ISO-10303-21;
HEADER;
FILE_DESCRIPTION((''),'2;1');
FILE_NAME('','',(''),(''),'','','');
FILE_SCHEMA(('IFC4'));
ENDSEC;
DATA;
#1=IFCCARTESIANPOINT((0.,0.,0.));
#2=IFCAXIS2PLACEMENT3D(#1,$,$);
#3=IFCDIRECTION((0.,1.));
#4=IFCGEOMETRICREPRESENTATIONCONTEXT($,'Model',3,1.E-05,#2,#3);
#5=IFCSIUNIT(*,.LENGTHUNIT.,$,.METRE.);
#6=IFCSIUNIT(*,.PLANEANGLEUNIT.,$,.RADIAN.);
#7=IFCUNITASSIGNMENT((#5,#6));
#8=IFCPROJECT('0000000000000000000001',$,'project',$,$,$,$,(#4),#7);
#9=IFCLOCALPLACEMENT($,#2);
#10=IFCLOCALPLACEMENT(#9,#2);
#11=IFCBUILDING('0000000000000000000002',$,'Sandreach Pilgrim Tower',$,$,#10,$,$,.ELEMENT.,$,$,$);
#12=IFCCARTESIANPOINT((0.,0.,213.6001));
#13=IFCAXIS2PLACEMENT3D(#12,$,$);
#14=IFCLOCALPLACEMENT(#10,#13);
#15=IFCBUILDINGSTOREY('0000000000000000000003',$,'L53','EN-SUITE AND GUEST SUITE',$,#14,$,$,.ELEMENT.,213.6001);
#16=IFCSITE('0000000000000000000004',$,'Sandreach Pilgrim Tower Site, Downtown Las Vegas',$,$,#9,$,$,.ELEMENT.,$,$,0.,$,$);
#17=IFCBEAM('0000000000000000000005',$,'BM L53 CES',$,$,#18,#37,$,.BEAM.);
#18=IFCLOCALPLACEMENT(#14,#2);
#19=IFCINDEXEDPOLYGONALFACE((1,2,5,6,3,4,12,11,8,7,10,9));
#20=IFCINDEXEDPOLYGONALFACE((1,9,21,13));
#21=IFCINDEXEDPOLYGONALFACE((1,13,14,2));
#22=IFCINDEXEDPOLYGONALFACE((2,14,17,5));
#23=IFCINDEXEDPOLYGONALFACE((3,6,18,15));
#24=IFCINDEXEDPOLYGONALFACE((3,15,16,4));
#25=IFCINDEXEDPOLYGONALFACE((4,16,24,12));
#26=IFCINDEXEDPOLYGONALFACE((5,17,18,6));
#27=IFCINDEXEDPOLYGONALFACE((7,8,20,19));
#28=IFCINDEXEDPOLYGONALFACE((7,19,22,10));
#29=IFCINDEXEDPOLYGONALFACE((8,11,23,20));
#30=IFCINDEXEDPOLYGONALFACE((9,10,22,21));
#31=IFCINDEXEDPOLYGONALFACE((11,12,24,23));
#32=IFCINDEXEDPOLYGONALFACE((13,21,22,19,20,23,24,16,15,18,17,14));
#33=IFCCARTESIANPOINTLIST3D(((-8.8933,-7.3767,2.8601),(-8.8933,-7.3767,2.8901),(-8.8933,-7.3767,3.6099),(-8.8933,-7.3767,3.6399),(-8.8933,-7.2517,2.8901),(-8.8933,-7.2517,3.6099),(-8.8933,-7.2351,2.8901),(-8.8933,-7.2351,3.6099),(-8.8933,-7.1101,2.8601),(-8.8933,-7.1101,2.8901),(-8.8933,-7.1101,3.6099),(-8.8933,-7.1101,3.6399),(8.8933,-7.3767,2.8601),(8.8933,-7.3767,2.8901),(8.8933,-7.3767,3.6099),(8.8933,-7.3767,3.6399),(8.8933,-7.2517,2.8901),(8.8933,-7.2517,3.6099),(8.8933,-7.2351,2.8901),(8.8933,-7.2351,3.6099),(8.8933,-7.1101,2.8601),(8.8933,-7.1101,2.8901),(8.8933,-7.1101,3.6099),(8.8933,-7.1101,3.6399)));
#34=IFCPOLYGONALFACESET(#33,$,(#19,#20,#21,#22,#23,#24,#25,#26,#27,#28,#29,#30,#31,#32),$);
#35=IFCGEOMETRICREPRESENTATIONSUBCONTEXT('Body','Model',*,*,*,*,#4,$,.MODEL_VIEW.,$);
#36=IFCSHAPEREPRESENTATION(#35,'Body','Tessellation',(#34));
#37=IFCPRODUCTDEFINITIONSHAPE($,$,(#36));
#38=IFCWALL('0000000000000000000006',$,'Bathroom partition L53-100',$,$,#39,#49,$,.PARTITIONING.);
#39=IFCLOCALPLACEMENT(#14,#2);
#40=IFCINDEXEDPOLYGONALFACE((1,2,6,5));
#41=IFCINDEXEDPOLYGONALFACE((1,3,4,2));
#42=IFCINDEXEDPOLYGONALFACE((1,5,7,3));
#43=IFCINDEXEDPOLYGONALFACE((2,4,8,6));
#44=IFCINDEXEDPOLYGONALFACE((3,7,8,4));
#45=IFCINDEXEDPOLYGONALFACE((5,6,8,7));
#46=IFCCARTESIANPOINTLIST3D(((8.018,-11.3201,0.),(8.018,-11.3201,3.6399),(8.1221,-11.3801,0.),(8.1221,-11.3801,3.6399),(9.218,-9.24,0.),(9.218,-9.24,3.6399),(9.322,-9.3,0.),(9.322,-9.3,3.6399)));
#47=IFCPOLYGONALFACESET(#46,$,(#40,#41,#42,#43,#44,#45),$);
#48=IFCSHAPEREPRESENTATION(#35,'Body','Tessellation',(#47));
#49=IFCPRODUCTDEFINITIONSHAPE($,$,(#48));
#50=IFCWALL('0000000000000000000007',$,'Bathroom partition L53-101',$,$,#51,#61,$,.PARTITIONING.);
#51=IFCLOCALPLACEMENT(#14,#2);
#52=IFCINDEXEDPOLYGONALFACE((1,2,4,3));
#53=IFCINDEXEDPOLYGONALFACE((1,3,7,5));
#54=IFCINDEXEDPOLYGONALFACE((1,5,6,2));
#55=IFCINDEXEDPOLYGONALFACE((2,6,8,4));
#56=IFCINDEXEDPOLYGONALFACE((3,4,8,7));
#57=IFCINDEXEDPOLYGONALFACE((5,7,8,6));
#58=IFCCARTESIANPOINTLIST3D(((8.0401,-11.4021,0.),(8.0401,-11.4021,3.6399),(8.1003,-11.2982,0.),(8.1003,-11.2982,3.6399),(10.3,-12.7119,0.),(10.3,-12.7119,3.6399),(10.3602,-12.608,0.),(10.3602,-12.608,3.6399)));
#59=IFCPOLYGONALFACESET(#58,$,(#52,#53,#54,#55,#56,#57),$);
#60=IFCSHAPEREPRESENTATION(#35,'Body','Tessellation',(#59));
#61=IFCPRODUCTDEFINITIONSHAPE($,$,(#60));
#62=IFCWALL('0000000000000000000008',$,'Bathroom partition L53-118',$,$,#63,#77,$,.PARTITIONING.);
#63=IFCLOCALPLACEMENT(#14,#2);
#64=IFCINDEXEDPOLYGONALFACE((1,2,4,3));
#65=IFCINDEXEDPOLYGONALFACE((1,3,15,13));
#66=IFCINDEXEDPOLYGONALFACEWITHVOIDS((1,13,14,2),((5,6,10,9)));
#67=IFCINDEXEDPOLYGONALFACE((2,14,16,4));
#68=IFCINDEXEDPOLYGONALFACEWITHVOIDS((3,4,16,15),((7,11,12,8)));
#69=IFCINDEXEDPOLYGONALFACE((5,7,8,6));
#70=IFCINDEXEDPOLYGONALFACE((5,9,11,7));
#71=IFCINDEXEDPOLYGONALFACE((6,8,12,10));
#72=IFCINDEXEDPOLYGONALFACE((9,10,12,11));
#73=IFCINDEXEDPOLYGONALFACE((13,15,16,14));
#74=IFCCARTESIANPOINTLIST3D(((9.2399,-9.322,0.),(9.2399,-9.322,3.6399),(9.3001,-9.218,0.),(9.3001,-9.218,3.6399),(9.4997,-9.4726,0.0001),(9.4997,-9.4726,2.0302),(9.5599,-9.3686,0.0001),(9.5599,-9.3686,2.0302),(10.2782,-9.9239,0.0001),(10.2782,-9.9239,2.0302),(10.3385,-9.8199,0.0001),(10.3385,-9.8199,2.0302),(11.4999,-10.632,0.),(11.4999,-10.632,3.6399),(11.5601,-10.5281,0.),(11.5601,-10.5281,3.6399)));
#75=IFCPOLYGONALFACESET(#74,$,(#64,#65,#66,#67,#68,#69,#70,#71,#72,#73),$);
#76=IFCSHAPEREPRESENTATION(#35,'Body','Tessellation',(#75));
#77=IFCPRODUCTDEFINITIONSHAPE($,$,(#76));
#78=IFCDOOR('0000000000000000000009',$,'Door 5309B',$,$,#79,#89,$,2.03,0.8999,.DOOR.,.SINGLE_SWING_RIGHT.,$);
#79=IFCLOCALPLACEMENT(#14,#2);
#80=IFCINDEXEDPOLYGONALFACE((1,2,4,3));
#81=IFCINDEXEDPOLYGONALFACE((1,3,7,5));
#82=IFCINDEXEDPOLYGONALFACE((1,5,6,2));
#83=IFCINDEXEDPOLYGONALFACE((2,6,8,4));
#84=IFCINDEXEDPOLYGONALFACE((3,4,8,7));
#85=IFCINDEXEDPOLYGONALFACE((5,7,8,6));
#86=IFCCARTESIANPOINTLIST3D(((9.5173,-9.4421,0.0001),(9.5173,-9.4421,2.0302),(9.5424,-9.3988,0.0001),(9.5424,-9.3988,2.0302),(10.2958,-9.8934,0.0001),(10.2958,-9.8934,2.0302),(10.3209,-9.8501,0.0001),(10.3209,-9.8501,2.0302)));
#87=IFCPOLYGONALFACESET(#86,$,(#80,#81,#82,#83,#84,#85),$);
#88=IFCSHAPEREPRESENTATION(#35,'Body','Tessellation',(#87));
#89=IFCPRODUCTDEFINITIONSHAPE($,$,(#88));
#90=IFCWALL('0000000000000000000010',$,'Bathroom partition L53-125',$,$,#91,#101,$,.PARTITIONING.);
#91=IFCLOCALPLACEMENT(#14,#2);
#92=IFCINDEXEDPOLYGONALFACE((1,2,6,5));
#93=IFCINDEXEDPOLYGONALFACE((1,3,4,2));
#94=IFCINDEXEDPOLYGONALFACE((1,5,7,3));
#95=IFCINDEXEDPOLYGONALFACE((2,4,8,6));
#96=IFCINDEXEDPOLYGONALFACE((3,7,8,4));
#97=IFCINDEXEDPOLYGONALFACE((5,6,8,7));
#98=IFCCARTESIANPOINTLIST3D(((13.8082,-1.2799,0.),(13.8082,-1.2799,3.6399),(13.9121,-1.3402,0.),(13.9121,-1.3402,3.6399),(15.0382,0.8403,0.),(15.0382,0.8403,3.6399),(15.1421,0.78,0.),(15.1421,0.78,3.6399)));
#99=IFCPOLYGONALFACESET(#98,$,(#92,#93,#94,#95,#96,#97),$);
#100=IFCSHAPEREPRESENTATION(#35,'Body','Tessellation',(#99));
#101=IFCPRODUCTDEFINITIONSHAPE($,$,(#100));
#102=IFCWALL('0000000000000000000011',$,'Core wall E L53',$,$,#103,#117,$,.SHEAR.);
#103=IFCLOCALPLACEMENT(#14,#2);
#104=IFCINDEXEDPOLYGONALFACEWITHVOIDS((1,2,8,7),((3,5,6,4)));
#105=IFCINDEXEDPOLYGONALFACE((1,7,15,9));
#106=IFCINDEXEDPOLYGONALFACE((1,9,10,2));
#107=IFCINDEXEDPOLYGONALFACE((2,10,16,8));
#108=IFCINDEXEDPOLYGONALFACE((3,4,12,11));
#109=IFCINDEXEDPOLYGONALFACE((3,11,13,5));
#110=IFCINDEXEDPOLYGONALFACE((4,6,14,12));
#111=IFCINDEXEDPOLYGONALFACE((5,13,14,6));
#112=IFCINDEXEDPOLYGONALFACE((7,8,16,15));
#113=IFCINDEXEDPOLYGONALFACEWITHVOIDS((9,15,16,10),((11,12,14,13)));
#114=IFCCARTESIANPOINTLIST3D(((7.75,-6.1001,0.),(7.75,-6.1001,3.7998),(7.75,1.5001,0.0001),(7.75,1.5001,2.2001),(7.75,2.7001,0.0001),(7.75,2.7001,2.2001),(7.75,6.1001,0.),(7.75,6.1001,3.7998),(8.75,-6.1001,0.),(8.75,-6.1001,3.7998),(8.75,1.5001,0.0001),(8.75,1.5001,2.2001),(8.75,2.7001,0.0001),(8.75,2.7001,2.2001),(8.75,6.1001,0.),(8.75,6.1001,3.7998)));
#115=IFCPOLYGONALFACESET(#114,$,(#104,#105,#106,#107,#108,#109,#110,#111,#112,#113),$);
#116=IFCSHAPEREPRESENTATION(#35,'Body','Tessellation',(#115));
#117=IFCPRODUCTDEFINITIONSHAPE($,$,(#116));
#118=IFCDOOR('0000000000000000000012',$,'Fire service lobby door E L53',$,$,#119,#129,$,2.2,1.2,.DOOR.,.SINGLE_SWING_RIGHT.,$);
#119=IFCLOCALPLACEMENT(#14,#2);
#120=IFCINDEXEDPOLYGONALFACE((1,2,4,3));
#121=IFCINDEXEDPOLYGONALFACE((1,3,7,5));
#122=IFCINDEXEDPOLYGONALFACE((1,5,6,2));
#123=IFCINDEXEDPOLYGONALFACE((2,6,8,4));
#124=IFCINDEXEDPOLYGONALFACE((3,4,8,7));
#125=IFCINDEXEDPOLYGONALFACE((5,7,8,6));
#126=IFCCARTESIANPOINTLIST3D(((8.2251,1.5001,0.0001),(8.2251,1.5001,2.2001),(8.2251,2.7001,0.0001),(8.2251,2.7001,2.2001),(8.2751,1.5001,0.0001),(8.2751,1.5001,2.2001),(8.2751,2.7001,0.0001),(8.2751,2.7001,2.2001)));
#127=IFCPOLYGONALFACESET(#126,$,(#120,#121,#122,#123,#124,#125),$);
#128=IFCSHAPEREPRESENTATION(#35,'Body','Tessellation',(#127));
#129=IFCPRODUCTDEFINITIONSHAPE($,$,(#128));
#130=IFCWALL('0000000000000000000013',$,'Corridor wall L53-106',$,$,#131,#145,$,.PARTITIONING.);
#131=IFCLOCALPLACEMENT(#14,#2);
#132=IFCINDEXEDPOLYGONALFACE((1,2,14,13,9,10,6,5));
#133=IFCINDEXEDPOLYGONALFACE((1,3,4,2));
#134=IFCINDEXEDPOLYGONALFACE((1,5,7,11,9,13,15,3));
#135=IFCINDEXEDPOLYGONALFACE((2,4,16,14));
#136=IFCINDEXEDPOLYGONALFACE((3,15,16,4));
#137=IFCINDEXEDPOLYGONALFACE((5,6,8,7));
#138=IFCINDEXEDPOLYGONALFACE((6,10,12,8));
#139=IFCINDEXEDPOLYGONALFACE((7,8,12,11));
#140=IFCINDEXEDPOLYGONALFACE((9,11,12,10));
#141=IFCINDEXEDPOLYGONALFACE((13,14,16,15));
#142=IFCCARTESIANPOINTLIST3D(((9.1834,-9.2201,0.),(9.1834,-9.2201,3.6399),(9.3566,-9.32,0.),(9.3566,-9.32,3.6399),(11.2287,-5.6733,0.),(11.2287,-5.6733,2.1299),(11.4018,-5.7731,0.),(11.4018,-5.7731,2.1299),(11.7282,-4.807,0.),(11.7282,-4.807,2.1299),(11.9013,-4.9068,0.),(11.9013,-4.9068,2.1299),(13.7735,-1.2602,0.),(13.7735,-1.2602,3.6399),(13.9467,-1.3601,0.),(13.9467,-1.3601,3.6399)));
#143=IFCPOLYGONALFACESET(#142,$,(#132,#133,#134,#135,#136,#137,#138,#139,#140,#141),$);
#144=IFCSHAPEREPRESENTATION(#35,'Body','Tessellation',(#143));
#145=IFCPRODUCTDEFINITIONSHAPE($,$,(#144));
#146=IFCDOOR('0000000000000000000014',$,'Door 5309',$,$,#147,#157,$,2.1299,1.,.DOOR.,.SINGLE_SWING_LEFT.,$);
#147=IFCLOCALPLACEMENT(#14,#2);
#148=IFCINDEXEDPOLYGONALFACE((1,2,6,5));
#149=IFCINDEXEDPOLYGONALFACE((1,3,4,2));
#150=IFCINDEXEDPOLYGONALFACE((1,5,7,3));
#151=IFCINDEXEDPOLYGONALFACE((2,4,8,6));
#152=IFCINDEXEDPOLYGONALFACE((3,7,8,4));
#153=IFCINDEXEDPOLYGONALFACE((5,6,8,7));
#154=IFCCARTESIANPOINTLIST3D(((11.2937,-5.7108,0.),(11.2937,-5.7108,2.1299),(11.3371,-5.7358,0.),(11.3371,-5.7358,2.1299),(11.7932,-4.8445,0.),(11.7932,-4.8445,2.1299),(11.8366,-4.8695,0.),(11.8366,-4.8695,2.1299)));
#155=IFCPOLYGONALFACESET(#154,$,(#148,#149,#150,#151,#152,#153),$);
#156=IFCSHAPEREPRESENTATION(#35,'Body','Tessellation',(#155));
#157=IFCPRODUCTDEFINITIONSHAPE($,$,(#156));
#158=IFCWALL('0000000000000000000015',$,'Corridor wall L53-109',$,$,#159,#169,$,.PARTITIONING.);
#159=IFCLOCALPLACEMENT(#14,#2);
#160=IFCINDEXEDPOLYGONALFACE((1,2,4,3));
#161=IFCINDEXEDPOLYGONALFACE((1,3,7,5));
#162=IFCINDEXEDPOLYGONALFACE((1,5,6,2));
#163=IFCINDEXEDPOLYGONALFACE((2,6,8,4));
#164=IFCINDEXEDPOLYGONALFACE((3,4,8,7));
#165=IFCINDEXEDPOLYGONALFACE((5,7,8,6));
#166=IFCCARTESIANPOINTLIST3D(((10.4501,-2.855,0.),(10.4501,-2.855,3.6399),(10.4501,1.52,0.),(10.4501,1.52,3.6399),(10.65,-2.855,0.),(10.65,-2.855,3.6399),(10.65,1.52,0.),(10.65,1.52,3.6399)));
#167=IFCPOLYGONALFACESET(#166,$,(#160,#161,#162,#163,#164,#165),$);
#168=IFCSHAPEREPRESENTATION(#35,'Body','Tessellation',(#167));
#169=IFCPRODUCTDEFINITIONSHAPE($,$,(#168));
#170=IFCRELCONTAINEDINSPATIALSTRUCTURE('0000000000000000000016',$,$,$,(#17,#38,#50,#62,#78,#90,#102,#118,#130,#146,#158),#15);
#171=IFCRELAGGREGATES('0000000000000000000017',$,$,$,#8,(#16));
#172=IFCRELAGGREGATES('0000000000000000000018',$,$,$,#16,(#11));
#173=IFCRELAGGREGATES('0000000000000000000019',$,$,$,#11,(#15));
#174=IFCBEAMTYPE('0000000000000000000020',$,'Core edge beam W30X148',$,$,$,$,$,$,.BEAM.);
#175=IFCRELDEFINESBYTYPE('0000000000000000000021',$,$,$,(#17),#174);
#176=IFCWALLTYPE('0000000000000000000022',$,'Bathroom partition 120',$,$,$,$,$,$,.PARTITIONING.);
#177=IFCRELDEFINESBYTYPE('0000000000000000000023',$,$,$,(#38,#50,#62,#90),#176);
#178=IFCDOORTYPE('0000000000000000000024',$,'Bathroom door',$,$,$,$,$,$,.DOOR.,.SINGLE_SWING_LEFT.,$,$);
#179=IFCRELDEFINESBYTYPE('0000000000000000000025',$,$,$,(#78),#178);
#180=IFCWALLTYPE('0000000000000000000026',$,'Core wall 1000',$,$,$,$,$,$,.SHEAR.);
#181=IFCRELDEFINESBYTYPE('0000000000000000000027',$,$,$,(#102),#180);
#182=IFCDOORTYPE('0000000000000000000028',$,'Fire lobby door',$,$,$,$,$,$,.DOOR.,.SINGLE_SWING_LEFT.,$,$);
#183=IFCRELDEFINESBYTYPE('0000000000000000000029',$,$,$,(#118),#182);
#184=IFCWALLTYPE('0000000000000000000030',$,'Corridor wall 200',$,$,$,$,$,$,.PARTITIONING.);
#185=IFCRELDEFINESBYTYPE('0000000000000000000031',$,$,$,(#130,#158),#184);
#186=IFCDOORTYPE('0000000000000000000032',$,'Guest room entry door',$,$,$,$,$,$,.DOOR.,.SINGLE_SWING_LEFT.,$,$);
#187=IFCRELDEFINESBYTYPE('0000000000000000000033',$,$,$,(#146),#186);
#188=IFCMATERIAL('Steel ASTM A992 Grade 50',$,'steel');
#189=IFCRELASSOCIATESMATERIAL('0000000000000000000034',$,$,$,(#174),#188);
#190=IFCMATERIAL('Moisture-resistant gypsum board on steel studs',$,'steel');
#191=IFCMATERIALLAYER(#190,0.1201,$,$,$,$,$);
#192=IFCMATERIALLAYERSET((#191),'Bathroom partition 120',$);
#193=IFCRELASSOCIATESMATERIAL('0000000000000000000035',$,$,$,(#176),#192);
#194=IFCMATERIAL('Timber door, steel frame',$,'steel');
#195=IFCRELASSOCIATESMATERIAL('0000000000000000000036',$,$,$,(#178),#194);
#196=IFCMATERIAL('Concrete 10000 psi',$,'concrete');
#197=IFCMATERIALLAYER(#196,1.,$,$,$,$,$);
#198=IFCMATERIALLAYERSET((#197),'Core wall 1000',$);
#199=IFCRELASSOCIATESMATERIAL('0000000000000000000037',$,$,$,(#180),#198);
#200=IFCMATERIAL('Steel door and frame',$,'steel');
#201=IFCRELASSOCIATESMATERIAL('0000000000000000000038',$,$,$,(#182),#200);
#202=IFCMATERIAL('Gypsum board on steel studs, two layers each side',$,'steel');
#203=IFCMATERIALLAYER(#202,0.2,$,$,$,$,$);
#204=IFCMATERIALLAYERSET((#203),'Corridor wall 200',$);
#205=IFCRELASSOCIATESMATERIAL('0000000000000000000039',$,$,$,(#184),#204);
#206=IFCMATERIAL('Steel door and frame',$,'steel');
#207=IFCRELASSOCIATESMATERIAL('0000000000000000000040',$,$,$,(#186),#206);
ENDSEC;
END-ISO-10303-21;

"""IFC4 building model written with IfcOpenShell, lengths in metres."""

from ifc_helpers import new_model, si_unit, direction, frame, frame_2d, origin, origin_2d, place, context, subcontext, project, spatial, rectangle, i_section, extrude, material, layer, layer_set, material_profile, profile_set, type_object, element, fill, save


model = new_model("IFC4")

# Units and contexts
model_context = context("Model", 3, precision=1e-05, world=origin(), true_north=direction((0.0, 1.0)))
body_context = subcontext(model_context, "Body", "Model", "MODEL_VIEW")
ifc_project = project(units=[si_unit("LENGTHUNIT", "METRE"), si_unit("PLANEANGLEUNIT", "RADIAN")], contexts=[model_context])

# Site, building, storey
site_placement = place(None, origin())
site = spatial("IfcSite", under=ifc_project, at=site_placement, Name="Sandreach Pilgrim Tower Site, Downtown Las Vegas", CompositionType="ELEMENT", RefElevation=0.0)
building_placement = place(site_placement, origin())
building = spatial("IfcBuilding", under=site, at=building_placement, Name="Sandreach Pilgrim Tower", CompositionType="ELEMENT")
storey_placement = place(building_placement, frame((0.0, 0.0, 213.6001)))
storey = spatial("IfcBuildingStorey", under=building, at=storey_placement, Name="L53", Description="EN-SUITE AND GUEST SUITE", CompositionType="ELEMENT", Elevation=213.6001)

# Beam
ifc_material_1 = material(Name="Steel ASTM A992 Grade 50", Category="steel")
ifc_material_profile = material_profile(ifc_material_1, i_section(OverallWidth=0.2666, OverallDepth=0.7798, WebThickness=0.0166, FlangeThickness=0.03, at=origin_2d()), Name="W30X148")
ifc_profile_set = profile_set([ifc_material_profile], Name="Steel ASTM A992 Grade 50")
beam_type = type_object("IfcBeamType", Name="Core edge beam W30X148", PredefinedType="BEAM", material=ifc_profile_set)
beam_placement = place(storey_placement, frame((8.8933, -7.2434, 3.25), z_axis=(-1.0, 0.0, 0.0), x_axis=(0.0, -1.0, 0.0)))
element("IfcBeam", 1, at=beam_placement, inside=storey, type_object=beam_type, Name="BM L53 CES", PredefinedType="BEAM", context=body_context, shape_type="SweptSolid", body=[
    extrude(i_section(OverallWidth=0.2666, OverallDepth=0.7798, WebThickness=0.0166, FlangeThickness=0.03, at=origin_2d()), origin(), (0.0, 0.0, 1.0), 17.7866),
])

# Walls
ifc_material_2 = material(Name="Moisture-resistant gypsum board on steel studs", Category="steel")
ifc_layer_1 = layer(ifc_material_2, 0.1201)
ifc_layer_set_1 = layer_set([ifc_layer_1], Name="Bathroom partition 120")
wall_type_1 = type_object("IfcWallType", Name="Bathroom partition 120", PredefinedType="PARTITIONING", material=ifc_layer_set_1)
wall_1_placement = place(storey_placement, frame((8.0701, -11.3501, 0.0), z_axis=(0.0, 0.0, 1.0), x_axis=(0.499693, 0.866203, 0.0)))
element("IfcWall", 2, at=wall_1_placement, inside=storey, type_object=wall_type_1, Name="Bathroom partition L53-100", PredefinedType="PARTITIONING", context=body_context, shape_type="SweptSolid", body=[
    extrude(rectangle(XDim=2.4014, YDim=0.1201, at=frame_2d((1.2007, 0.0))), origin(), (0.0, 0.0, 1.0), 3.6399),
])
wall_2_placement = place(storey_placement, frame((8.0701, -11.3501, 0.0), z_axis=(0.0, 0.0, 1.0), x_axis=(0.865196, -0.501434, 0.0)))
element("IfcWall", 3, at=wall_2_placement, inside=storey, type_object=wall_type_1, Name="Bathroom partition L53-101", PredefinedType="PARTITIONING", context=body_context, shape_type="SweptSolid", body=[
    extrude(rectangle(XDim=2.6121, YDim=0.1201, at=frame_2d((1.3062, 0.0))), origin(), (0.0, 0.0, 1.0), 3.6399),
])

# Wall, opening, door
wall_3_placement = place(storey_placement, frame((11.53, -10.5801, 0.0), z_axis=(0.0, 0.0, 1.0), x_axis=(-0.865155, 0.501504, 0.0)))
wall_3 = element("IfcWall", 4, at=wall_3_placement, inside=storey, type_object=wall_type_1, Name="Bathroom partition L53-118", PredefinedType="PARTITIONING", context=body_context, shape_type="SweptSolid", body=[
    extrude(rectangle(XDim=2.6123, YDim=0.1201, at=frame_2d((1.3062, 0.0))), origin(), (0.0, 0.0, 1.0), 3.6399),
])
opening_1_placement = place(wall_3_placement, frame((1.4121, 0.0, 0.0)))
opening_1 = element("IfcOpeningElement", 5, at=opening_1_placement, cuts=wall_3, PredefinedType="OPENING", context=body_context, shape_type="SweptSolid", body=[
    extrude(rectangle(XDim=0.8999, YDim=2.03, at=frame_2d((0.45, 1.0151))), frame((0.0, 0.0601, 0.0), z_axis=(0.0, -1.0, 0.0), x_axis=(1.0, 0.0, 0.0)), (0.0, 0.0, 1.0), 0.1201),
])
ifc_material_3 = material(Name="Timber door, steel frame", Category="steel")
door_type_1 = type_object("IfcDoorType", Name="Bathroom door", OperationType="SINGLE_SWING_LEFT", PredefinedType="DOOR", material=ifc_material_3)
door_1_placement = place(opening_1_placement, origin())
door_1 = element("IfcDoor", 6, at=door_1_placement, inside=storey, type_object=door_type_1, Name="Door 5309B", OperationType="SINGLE_SWING_RIGHT", OverallHeight=2.03, OverallWidth=0.8999, PredefinedType="DOOR", context=body_context, shape_type="SweptSolid", body=[
    extrude(rectangle(XDim=0.8999, YDim=2.03, at=frame_2d((0.45, 1.0151))), frame((0.0, 0.0249, 0.0), z_axis=(0.0, -1.0, 0.0), x_axis=(1.0, 0.0, 0.0)), (0.0, 0.0, 1.0), 0.05),
])
fill(opening_1, door_1)

# Wall
wall_4_placement = place(storey_placement, frame((13.8601, -1.3101, 0.0), z_axis=(0.0, 0.0, 1.0), x_axis=(0.501813, 0.864976, 0.0)))
element("IfcWall", 7, at=wall_4_placement, inside=storey, type_object=wall_type_1, Name="Bathroom partition L53-125", PredefinedType="PARTITIONING", context=body_context, shape_type="SweptSolid", body=[
    extrude(rectangle(XDim=2.4512, YDim=0.1201, at=frame_2d((1.2256, 0.0))), origin(), (0.0, 0.0, 1.0), 3.6399),
])

# Walls, openings, doors
ifc_material_4 = material(Name="Concrete 10000 psi", Category="concrete")
ifc_layer_2 = layer(ifc_material_4, 1.0)
ifc_layer_set_2 = layer_set([ifc_layer_2], Name="Core wall 1000")
wall_type_2 = type_object("IfcWallType", Name="Core wall 1000", PredefinedType="SHEAR", material=ifc_layer_set_2)
wall_5_placement = place(storey_placement, frame((8.25, -6.1001, 0.0), z_axis=(0.0, 0.0, 1.0), x_axis=(0.0, 1.0, 0.0)))
wall_5 = element("IfcWall", 8, at=wall_5_placement, inside=storey, type_object=wall_type_2, Name="Core wall E L53", PredefinedType="SHEAR", context=body_context, shape_type="SweptSolid", body=[
    extrude(rectangle(XDim=12.2002, YDim=1.0, at=frame_2d((6.1001, 0.0))), origin(), (0.0, 0.0, 1.0), 3.7998),
])
opening_2_placement = place(wall_5_placement, frame((7.6001, 0.0, 0.0)))
opening_2 = element("IfcOpeningElement", 9, at=opening_2_placement, cuts=wall_5, PredefinedType="OPENING", context=body_context, shape_type="SweptSolid", body=[
    extrude(rectangle(XDim=1.2, YDim=2.2, at=frame_2d((0.6001, 1.1001))), frame((0.0, 0.5, 0.0), z_axis=(0.0, -1.0, 0.0), x_axis=(1.0, 0.0, 0.0)), (0.0, 0.0, 1.0), 1.0),
])
ifc_material_5 = material(Name="Steel door and frame", Category="steel")
door_type_2 = type_object("IfcDoorType", Name="Fire lobby door", OperationType="SINGLE_SWING_LEFT", PredefinedType="DOOR", material=ifc_material_5)
door_2_placement = place(opening_2_placement, origin())
door_2 = element("IfcDoor", 10, at=door_2_placement, inside=storey, type_object=door_type_2, Name="Fire service lobby door E L53", OperationType="SINGLE_SWING_RIGHT", OverallHeight=2.2, OverallWidth=1.2, PredefinedType="DOOR", context=body_context, shape_type="SweptSolid", body=[
    extrude(rectangle(XDim=1.2, YDim=2.2, at=frame_2d((0.6001, 1.1001))), frame((0.0, 0.0249, 0.0), z_axis=(0.0, -1.0, 0.0), x_axis=(1.0, 0.0, 0.0)), (0.0, 0.0, 1.0), 0.05),
])
fill(opening_2, door_2)
ifc_material_6 = material(Name="Gypsum board on steel studs, two layers each side", Category="steel")
ifc_layer_3 = layer(ifc_material_6, 0.2)
ifc_layer_set_3 = layer_set([ifc_layer_3], Name="Corridor wall 200")
wall_type_3 = type_object("IfcWallType", Name="Corridor wall 200", PredefinedType="PARTITIONING", material=ifc_layer_set_3)
ifc_material_7 = material(Name="Steel door and frame", Category="steel")
door_type_3 = type_object("IfcDoorType", Name="Guest room entry door", OperationType="SINGLE_SWING_LEFT", PredefinedType="DOOR", material=ifc_material_7)
wall_6_placement = place(storey_placement, frame((9.27, -9.27, 0.0), z_axis=(0.0, 0.0, 1.0), x_axis=(0.499543, 0.866289, 0.0)))
wall_6 = element("IfcWall", 11, at=wall_6_placement, inside=storey, type_object=wall_type_3, Name="Corridor wall L53-106", PredefinedType="PARTITIONING", context=body_context, shape_type="SweptSolid", body=[
    extrude(rectangle(XDim=9.1885, YDim=0.2, at=frame_2d((4.5942, 0.0))), origin(), (0.0, 0.0, 1.0), 3.6399),
])
opening_3_placement = place(wall_6_placement, frame((4.0942, 0.0, 0.0)))
opening_3 = element("IfcOpeningElement", 12, at=opening_3_placement, cuts=wall_6, PredefinedType="OPENING", context=body_context, shape_type="SweptSolid", body=[
    extrude(rectangle(XDim=1.0, YDim=2.1299, at=frame_2d((0.5, 1.0649))), frame((0.0, 0.1001, 0.0), z_axis=(0.0, -1.0, 0.0), x_axis=(1.0, 0.0, 0.0)), (0.0, 0.0, 1.0), 0.2),
])
door_3_placement = place(opening_3_placement, origin())
door_3 = element("IfcDoor", 13, at=door_3_placement, inside=storey, type_object=door_type_3, Name="Door 5309", OperationType="SINGLE_SWING_LEFT", OverallHeight=2.1299, OverallWidth=1.0, PredefinedType="DOOR", context=body_context, shape_type="SweptSolid", body=[
    extrude(rectangle(XDim=1.0, YDim=2.1299, at=frame_2d((0.5, 1.0649))), frame((0.0, 0.0249, 0.0), z_axis=(0.0, -1.0, 0.0), x_axis=(1.0, 0.0, 0.0)), (0.0, 0.0, 1.0), 0.05),
])
fill(opening_3, door_3)

# Wall
wall_7_placement = place(storey_placement, frame((10.55, -2.855, 0.0), z_axis=(0.0, 0.0, 1.0), x_axis=(0.0, 1.0, 0.0)))
element("IfcWall", 14, at=wall_7_placement, inside=storey, type_object=wall_type_3, Name="Corridor wall L53-109", PredefinedType="PARTITIONING", context=body_context, shape_type="SweptSolid", body=[
    extrude(rectangle(XDim=4.375, YDim=0.2, at=frame_2d((2.1875, 0.0))), origin(), (0.0, 0.0, 1.0), 3.6399),
])

save(model, "model.ifc")
